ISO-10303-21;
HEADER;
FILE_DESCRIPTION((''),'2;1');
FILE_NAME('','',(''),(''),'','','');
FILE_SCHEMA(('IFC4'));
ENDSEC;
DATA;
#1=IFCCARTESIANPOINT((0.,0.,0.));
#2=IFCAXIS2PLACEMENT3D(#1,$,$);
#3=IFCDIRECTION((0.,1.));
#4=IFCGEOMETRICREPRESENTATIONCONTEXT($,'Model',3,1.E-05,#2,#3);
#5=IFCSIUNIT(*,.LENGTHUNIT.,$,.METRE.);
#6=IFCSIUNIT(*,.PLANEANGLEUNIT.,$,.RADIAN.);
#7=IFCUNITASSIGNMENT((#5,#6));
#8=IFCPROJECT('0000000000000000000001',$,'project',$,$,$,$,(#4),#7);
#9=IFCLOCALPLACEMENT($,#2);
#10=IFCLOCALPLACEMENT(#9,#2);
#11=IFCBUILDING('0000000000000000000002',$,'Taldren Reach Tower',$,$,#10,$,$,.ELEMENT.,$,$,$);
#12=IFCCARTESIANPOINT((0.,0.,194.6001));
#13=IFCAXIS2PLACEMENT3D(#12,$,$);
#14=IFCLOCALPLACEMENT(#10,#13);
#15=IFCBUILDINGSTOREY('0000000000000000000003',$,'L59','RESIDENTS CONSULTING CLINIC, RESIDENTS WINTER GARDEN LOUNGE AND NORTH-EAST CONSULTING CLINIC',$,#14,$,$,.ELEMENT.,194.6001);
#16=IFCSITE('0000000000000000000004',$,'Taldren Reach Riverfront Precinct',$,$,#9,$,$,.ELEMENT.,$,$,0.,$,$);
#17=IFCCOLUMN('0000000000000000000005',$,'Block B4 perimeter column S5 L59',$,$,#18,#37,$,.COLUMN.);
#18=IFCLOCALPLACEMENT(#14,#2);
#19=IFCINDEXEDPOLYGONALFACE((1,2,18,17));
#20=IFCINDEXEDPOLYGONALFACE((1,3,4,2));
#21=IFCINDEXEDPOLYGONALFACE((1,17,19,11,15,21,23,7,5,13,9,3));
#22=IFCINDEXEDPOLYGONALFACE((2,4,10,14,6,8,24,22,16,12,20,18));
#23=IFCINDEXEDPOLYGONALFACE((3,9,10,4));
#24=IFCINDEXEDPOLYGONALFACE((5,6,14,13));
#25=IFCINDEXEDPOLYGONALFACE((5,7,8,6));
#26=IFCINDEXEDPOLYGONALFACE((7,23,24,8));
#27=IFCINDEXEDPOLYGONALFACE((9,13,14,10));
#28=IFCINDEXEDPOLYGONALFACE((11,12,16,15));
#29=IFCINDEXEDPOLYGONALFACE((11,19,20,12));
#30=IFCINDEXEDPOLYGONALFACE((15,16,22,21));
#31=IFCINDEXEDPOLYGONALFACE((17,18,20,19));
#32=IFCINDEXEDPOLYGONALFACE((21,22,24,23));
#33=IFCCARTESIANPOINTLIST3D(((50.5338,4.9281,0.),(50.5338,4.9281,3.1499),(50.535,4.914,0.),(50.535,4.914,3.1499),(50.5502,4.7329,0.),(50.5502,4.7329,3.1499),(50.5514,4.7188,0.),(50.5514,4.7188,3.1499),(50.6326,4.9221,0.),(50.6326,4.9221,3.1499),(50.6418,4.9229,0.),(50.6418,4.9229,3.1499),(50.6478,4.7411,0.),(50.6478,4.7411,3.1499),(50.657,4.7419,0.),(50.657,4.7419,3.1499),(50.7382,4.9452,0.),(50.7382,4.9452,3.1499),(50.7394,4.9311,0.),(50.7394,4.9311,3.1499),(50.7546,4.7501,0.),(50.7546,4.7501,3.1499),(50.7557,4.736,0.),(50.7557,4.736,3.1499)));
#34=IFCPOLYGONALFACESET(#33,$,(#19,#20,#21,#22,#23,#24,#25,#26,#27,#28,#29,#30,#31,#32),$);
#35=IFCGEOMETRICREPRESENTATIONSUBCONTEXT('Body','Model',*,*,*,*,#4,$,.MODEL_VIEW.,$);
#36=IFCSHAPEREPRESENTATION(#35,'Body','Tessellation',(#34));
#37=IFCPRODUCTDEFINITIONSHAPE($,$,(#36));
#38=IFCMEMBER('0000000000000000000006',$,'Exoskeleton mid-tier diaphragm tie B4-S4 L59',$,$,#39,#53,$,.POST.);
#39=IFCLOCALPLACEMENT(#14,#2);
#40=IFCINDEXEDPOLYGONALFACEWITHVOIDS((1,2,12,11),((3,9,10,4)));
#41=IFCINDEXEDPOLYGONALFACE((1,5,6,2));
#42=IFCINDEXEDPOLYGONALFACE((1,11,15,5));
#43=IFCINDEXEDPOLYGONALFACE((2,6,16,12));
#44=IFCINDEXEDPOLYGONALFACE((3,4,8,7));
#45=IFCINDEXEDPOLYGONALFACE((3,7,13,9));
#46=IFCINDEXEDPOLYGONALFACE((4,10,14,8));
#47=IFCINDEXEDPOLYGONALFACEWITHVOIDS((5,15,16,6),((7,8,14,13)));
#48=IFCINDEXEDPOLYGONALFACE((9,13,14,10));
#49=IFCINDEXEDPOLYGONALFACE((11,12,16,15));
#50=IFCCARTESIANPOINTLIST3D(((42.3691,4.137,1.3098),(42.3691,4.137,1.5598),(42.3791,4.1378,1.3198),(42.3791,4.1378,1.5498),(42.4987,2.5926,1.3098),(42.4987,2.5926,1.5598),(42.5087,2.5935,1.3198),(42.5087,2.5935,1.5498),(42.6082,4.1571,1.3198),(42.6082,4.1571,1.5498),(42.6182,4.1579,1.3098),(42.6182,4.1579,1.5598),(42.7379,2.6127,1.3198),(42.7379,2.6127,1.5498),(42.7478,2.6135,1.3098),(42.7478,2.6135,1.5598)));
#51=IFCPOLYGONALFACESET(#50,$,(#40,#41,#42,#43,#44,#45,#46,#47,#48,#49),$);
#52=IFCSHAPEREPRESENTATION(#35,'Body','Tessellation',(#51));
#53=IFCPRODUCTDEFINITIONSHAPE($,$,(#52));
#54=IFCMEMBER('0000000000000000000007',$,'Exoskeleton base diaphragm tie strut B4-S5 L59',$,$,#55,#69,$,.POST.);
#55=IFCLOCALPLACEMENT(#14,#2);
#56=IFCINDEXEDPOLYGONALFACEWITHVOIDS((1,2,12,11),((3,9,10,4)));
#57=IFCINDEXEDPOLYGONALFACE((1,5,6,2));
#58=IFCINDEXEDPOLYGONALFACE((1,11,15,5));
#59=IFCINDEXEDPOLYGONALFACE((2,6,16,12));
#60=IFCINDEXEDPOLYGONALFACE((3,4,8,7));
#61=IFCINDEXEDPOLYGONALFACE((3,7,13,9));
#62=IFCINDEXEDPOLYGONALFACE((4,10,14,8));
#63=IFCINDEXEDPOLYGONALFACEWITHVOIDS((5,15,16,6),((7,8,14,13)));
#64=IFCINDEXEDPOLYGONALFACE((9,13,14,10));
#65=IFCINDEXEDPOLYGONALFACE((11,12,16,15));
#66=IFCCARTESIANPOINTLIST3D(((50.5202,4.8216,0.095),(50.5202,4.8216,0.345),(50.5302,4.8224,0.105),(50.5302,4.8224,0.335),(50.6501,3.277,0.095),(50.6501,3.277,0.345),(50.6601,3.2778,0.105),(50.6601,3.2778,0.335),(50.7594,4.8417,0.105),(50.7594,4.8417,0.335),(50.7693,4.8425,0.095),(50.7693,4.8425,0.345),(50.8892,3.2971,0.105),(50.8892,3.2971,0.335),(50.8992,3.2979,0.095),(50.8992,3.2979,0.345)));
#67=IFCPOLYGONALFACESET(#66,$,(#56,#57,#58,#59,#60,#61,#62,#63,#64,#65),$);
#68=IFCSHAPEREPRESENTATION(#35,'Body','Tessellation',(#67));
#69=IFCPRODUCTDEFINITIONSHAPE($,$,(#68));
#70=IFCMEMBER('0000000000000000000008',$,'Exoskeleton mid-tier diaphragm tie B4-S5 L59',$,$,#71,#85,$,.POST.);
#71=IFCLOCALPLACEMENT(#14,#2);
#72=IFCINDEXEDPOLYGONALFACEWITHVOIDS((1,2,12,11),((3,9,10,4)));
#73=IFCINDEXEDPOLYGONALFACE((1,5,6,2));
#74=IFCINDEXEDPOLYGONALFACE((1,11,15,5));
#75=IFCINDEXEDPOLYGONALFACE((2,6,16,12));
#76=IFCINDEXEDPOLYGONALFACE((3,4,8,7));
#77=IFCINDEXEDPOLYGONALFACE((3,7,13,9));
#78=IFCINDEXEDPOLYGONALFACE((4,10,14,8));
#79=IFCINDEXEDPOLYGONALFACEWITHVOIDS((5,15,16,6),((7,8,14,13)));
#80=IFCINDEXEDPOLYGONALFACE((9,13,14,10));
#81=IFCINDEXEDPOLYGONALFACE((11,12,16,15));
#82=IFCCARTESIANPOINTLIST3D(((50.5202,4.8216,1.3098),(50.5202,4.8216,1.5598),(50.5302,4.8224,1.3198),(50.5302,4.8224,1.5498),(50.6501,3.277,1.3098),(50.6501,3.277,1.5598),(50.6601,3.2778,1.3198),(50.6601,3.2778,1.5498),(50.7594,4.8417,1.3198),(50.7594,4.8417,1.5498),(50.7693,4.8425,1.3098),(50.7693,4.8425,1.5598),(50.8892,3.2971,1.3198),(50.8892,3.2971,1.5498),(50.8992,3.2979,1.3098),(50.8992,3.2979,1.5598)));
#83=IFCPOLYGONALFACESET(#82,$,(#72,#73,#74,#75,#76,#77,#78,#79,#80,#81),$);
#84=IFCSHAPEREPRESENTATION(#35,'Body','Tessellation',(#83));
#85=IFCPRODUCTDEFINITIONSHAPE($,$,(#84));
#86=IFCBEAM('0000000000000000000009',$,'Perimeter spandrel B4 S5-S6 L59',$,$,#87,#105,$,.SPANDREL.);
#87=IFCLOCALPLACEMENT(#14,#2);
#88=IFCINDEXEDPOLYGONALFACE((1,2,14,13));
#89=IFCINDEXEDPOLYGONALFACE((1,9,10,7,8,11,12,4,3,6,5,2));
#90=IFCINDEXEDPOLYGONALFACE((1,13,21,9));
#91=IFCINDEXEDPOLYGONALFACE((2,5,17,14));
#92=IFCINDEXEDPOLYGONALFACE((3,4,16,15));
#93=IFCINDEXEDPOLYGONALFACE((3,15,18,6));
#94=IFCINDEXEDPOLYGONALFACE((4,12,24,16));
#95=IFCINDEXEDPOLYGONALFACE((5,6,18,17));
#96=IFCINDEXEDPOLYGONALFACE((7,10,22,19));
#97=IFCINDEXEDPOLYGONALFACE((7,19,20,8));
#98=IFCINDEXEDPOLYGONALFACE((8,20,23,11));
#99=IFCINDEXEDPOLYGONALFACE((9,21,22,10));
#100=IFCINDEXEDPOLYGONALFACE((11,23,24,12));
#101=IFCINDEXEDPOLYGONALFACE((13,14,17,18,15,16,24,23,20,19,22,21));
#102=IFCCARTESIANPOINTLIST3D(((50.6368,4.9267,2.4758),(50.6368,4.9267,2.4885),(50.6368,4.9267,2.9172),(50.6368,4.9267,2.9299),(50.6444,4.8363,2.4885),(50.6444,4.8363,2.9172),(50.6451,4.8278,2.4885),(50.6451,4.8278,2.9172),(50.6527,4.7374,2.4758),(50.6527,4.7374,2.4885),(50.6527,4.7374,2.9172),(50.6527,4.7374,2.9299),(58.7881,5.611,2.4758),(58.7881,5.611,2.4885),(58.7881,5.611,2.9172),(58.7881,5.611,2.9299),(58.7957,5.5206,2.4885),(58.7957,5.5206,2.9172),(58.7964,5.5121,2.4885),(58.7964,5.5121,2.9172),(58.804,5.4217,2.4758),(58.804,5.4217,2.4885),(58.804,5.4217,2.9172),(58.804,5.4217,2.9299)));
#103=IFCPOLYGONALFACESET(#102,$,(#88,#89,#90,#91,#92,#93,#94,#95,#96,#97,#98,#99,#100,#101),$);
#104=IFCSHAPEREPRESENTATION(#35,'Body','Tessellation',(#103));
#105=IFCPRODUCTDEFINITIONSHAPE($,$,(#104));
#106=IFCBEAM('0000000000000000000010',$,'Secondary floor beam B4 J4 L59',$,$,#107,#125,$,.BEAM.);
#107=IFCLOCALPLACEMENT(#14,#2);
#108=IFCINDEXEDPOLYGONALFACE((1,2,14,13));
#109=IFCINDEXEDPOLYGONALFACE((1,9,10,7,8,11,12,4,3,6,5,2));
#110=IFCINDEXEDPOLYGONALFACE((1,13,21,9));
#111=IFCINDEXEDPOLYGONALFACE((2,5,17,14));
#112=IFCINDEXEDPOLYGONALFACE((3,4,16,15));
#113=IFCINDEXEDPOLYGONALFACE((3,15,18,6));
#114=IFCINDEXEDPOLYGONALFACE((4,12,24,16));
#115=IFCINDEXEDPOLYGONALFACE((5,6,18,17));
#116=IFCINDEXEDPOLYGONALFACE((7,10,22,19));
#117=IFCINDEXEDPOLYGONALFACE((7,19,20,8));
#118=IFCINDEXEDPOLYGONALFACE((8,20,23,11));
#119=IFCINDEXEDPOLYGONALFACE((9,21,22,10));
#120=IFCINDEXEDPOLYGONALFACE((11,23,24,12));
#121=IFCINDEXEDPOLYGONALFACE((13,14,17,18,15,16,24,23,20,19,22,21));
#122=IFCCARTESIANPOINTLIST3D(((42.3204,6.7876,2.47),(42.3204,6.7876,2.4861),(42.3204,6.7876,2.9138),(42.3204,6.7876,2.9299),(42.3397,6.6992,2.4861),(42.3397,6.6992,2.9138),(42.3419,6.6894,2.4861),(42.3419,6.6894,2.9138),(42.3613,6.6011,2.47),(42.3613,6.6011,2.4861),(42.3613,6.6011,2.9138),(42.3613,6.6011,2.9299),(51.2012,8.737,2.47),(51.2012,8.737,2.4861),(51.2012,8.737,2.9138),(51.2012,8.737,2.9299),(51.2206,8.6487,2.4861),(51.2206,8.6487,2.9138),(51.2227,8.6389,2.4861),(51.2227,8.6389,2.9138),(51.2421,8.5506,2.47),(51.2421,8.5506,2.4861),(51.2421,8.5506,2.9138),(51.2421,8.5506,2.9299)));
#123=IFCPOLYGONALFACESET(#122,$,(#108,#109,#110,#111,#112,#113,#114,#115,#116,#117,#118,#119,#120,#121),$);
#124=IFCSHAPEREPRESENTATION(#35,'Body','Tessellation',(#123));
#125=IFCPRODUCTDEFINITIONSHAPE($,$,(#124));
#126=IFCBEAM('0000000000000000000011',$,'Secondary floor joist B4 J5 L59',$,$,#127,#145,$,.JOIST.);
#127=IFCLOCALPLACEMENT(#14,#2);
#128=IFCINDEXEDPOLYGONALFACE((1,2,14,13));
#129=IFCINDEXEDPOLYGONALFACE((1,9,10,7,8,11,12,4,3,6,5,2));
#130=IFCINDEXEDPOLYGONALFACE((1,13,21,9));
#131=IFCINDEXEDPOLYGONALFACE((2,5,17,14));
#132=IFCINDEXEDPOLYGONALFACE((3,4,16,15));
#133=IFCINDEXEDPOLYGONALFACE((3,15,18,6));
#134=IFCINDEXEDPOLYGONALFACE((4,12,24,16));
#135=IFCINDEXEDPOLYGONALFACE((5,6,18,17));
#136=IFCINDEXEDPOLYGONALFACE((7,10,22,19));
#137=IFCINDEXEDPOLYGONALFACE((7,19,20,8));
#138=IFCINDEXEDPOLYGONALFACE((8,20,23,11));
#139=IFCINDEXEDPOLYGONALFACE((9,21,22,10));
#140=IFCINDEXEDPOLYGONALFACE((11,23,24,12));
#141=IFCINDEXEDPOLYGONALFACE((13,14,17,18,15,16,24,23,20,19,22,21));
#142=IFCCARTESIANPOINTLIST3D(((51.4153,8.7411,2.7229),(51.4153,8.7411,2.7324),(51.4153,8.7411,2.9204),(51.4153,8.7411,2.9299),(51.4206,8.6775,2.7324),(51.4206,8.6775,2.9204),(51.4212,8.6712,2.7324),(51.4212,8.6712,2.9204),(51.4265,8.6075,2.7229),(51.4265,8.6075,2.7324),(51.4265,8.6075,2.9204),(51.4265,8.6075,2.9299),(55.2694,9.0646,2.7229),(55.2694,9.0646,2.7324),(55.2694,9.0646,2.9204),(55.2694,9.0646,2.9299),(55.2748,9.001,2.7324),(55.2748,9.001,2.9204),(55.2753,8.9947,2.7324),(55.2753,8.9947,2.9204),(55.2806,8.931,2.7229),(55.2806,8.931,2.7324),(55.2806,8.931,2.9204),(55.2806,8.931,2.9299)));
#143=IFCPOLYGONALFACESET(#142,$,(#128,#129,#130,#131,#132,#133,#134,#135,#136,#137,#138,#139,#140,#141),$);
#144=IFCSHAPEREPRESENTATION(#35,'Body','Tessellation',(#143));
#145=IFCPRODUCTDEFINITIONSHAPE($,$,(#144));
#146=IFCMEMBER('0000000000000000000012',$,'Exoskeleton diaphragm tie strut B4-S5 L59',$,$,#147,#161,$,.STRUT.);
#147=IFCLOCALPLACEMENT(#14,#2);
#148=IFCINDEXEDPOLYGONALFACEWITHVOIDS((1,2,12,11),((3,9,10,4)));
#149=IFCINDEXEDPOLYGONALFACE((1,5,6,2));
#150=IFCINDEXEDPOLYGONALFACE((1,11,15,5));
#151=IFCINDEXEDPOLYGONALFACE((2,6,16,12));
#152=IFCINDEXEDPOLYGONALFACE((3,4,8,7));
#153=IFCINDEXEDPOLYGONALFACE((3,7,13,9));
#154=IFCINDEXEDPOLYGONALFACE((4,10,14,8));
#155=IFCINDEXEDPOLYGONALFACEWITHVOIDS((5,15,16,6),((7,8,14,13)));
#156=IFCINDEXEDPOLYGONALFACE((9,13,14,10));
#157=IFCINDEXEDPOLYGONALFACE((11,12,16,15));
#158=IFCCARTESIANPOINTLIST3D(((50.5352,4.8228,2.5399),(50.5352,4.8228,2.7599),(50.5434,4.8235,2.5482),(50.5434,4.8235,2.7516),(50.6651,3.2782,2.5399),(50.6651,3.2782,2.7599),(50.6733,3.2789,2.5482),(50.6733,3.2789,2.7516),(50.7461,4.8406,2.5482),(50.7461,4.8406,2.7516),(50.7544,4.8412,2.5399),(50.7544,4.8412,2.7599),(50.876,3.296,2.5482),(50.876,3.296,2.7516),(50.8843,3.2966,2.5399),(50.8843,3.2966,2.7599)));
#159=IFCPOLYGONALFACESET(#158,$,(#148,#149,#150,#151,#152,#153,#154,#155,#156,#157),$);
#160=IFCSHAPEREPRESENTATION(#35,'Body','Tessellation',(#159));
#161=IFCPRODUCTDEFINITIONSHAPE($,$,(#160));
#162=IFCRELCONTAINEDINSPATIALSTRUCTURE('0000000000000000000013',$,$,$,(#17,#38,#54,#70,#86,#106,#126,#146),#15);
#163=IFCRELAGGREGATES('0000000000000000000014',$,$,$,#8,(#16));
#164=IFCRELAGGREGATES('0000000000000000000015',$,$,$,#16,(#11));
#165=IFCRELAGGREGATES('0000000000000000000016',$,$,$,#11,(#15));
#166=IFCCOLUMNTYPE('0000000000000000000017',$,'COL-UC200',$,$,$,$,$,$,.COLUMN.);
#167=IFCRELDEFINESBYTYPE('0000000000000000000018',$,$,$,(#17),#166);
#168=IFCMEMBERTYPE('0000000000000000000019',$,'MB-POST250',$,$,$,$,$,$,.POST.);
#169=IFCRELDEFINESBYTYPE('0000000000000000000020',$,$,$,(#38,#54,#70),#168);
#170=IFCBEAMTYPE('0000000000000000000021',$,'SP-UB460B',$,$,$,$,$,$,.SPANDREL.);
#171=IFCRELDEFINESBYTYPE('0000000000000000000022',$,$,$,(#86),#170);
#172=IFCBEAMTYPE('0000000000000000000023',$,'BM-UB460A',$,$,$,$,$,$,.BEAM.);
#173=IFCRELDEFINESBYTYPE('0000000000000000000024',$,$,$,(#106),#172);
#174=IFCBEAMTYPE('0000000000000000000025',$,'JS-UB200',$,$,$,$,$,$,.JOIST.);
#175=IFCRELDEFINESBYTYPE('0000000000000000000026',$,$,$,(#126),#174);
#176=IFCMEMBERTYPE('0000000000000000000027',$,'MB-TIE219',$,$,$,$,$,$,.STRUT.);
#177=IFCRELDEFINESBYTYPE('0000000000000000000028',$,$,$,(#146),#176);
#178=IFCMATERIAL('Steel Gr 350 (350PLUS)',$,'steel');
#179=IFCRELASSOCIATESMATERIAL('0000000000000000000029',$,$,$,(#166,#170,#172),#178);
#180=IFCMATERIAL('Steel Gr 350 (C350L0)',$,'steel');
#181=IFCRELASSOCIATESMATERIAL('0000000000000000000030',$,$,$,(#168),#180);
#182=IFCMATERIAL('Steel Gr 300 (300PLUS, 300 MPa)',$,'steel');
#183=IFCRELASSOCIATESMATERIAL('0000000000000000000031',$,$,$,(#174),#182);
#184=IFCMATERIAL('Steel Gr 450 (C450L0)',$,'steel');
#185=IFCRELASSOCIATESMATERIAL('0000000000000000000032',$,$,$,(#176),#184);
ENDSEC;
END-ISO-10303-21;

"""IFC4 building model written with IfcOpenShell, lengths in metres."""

from ifc_helpers import new_model, si_unit, direction, frame, origin, origin_2d, place, context, subcontext, project, spatial, hollow_rectangle, i_section, extrude, source, transform, mapped, material, material_profile, profile_set, type_object, element, save


model = new_model("IFC4")

# Units and contexts
model_context = context("Model", 3, precision=1e-05, world=origin(), true_north=direction((0.0, 1.0)))
body_context = subcontext(model_context, "Body", "Model", "MODEL_VIEW")
ifc_project = project(units=[si_unit("LENGTHUNIT", "METRE"), si_unit("PLANEANGLEUNIT", "RADIAN")], contexts=[model_context])

# Site, building, storey
site_placement = place(None, origin())
site = spatial("IfcSite", under=ifc_project, at=site_placement, Name="Taldren Reach Riverfront Precinct", CompositionType="ELEMENT", RefElevation=0.0)
building_placement = place(site_placement, origin())
building = spatial("IfcBuilding", under=site, at=building_placement, Name="Taldren Reach Tower", CompositionType="ELEMENT")
storey_placement = place(building_placement, frame((0.0, 0.0, 194.6001)))
storey = spatial("IfcBuildingStorey", under=building, at=storey_placement, Name="L59", Description="RESIDENTS CONSULTING CLINIC, RESIDENTS WINTER GARDEN LOUNGE AND NORTH-EAST CONSULTING CLINIC", CompositionType="ELEMENT", Elevation=194.6001)

# Column
ifc_material_1 = material(Name="Steel Gr 350 (350PLUS)", Category="steel")
ifc_material_profile_1 = material_profile(ifc_material_1, i_section(OverallWidth=0.2051, OverallDepth=0.21, WebThickness=0.0093, FlangeThickness=0.0142, at=origin_2d()), Name="200UC59.5")
ifc_profile_set_1 = profile_set([ifc_material_profile_1], Name="Steel Gr 350 (350PLUS)")
column_type = type_object("IfcColumnType", Name="COL-UC200", PredefinedType="COLUMN", material=ifc_profile_set_1)
shared_shape_1 = source(origin(), body_context, "Body", "SweptSolid", [
    extrude(i_section(OverallWidth=0.2051, OverallDepth=0.21, WebThickness=0.0093, FlangeThickness=0.0142, at=origin_2d()), origin(), (0.0, 0.0, 1.0), 3.1499),
])
column_placement = place(storey_placement, frame((50.6448, 4.832, 0.0), z_axis=(0.0, 0.0, 1.0), x_axis=(0.996493, 0.083678, 0.0)))
element("IfcColumn", 1, at=column_placement, inside=storey, type_object=column_type, Name="Block B4 perimeter column S5 L59", PredefinedType="COLUMN", context=body_context, shape_type="MappedRepresentation", body=[
    mapped(shared_shape_1, transform((0.0, 0.0, 0.0), scale=1.0)),
])

# Members
ifc_material_2 = material(Name="Steel Gr 350 (C350L0)", Category="steel")
ifc_material_profile_2 = material_profile(ifc_material_2, hollow_rectangle(XDim=0.25, YDim=0.25, WallThickness=0.01, at=origin_2d()), Name="250x250x10.0SHS")
ifc_profile_set_2 = profile_set([ifc_material_profile_2], Name="Steel Gr 350 (C350L0)")
member_type_1 = type_object("IfcMemberType", Name="MB-POST250", PredefinedType="POST", material=ifc_profile_set_2)
shared_shape_2 = source(origin(), body_context, "Body", "SweptSolid", [
    extrude(hollow_rectangle(XDim=0.25, YDim=0.25, WallThickness=0.01, at=origin_2d()), origin(), (0.0, 0.0, 1.0), 1.5498),
])
member_1_placement = place(storey_placement, frame((42.4937, 4.1475, 1.4348), z_axis=(0.083645, -0.996496, 0.0), x_axis=(0.996496, 0.083645, 0.0)))
element("IfcMember", 2, at=member_1_placement, inside=storey, type_object=member_type_1, Name="Exoskeleton mid-tier diaphragm tie B4-S4 L59", PredefinedType="POST", context=body_context, shape_type="MappedRepresentation", body=[
    mapped(shared_shape_2, transform((0.0, 0.0, 0.0), scale=1.0)),
])
shared_shape_3 = source(origin(), body_context, "Body", "SweptSolid", [
    extrude(hollow_rectangle(XDim=0.25, YDim=0.25, WallThickness=0.01, at=origin_2d()), origin(), (0.0, 0.0, 1.0), 1.55),
])
for number, where, z_axis, x_axis, name in (
    (3, (50.6448, 4.832, 0.22), (0.083788, -0.996484, 0.0), (0.996484, 0.083788, 0.0), "Exoskeleton base diaphragm tie strut B4-S5 L59"),
    (4, (50.6448, 4.832, 1.4348), (0.083788, -0.996484, 0.0), (0.996484, 0.083788, 0.0), "Exoskeleton mid-tier diaphragm tie B4-S5 L59"),
):
    element("IfcMember", number, at=place(storey_placement, frame(where, z_axis=z_axis, x_axis=x_axis)), inside=storey, type_object=member_type_1, Name=name, PredefinedType="POST", context=body_context, shape_type="MappedRepresentation", body=[
        mapped(shared_shape_3, transform((0.0, 0.0, 0.0), scale=1.0)),
    ])

# Beams
ifc_material_profile_3 = material_profile(ifc_material_1, i_section(OverallWidth=0.1899, OverallDepth=0.4541, WebThickness=0.0085, FlangeThickness=0.0127, at=origin_2d()), Name="460UB67.1")
ifc_profile_set_3 = profile_set([ifc_material_profile_3], Name="Steel Gr 350 (350PLUS)")
beam_type_1 = type_object("IfcBeamType", Name="SP-UB460B", PredefinedType="SPANDREL", material=ifc_profile_set_3)
shared_shape_4 = source(origin(), body_context, "Body", "SweptSolid", [
    extrude(i_section(OverallWidth=0.1899, OverallDepth=0.4541, WebThickness=0.0085, FlangeThickness=0.0127, at=origin_2d()), origin(), (0.0, 0.0, 1.0), 8.1799),
])
beam_1_placement = place(storey_placement, frame((50.6448, 4.832, 2.7029), z_axis=(0.996495, 0.083658, 0.0), x_axis=(-0.083658, 0.996495, 0.0)))
element("IfcBeam", 5, at=beam_1_placement, inside=storey, type_object=beam_type_1, Name="Perimeter spandrel B4 S5-S6 L59", PredefinedType="SPANDREL", context=body_context, shape_type="MappedRepresentation", body=[
    mapped(shared_shape_4, transform((0.0, 0.0, 0.0), scale=1.0)),
])
ifc_material_profile_4 = material_profile(ifc_material_1, i_section(OverallWidth=0.1909, OverallDepth=0.46, WebThickness=0.01, FlangeThickness=0.0161, at=origin_2d()), Name="460UB82.1")
ifc_profile_set_4 = profile_set([ifc_material_profile_4], Name="Steel Gr 350 (350PLUS)")
beam_type_2 = type_object("IfcBeamType", Name="BM-UB460A", PredefinedType="BEAM", material=ifc_profile_set_4)
shared_shape_5 = source(origin(), body_context, "Body", "SweptSolid", [
    extrude(i_section(OverallWidth=0.1909, OverallDepth=0.46, WebThickness=0.01, FlangeThickness=0.0161, at=origin_2d()), origin(), (0.0, 0.0, 1.0), 9.0923),
])
beam_2_placement = place(storey_placement, frame((42.3408, 6.6943, 2.7), z_axis=(0.976744, 0.214408, 0.0), x_axis=(-0.214408, 0.976744, 0.0)))
element("IfcBeam", 6, at=beam_2_placement, inside=storey, type_object=beam_type_2, Name="Secondary floor beam B4 J4 L59", PredefinedType="BEAM", context=body_context, shape_type="MappedRepresentation", body=[
    mapped(shared_shape_5, transform((0.0, 0.0, 0.0), scale=1.0)),
])
ifc_material_3 = material(Name="Steel Gr 300 (300PLUS, 300 MPa)", Category="steel")
ifc_material_profile_5 = material_profile(ifc_material_3, i_section(OverallWidth=0.134, OverallDepth=0.207, WebThickness=0.0063, FlangeThickness=0.0095, at=origin_2d()), Name="200UB29.8")
ifc_profile_set_5 = profile_set([ifc_material_profile_5], Name="Steel Gr 300 (300PLUS, 300 MPa)")
beam_type_3 = type_object("IfcBeamType", Name="JS-UB200", PredefinedType="JOIST", material=ifc_profile_set_5)
shared_shape_6 = source(origin(), body_context, "Body", "SweptSolid", [
    extrude(i_section(OverallWidth=0.134, OverallDepth=0.207, WebThickness=0.0063, FlangeThickness=0.0095, at=origin_2d()), origin(), (0.0, 0.0, 1.0), 3.8677),
])
beam_3_placement = place(storey_placement, frame((51.4209, 8.6743, 2.8264), z_axis=(0.996496, 0.083641, 0.0), x_axis=(-0.083641, 0.996496, 0.0)))
element("IfcBeam", 7, at=beam_3_placement, inside=storey, type_object=beam_type_3, Name="Secondary floor joist B4 J5 L59", PredefinedType="JOIST", context=body_context, shape_type="MappedRepresentation", body=[
    mapped(shared_shape_6, transform((0.0, 0.0, 0.0), scale=1.0)),
])

# Member
ifc_material_4 = material(Name="Steel Gr 450 (C450L0)", Category="steel")
ifc_material_profile_6 = material_profile(ifc_material_4, hollow_rectangle(XDim=0.22, YDim=0.22, WallThickness=0.0083, at=origin_2d()), Name="220x220x8.2SHS")
ifc_profile_set_6 = profile_set([ifc_material_profile_6], Name="Steel Gr 450 (C450L0)")
member_type_2 = type_object("IfcMemberType", Name="MB-TIE219", PredefinedType="STRUT", material=ifc_profile_set_6)
shared_shape_7 = source(origin(), body_context, "Body", "SweptSolid", [
    extrude(hollow_rectangle(XDim=0.22, YDim=0.22, WallThickness=0.0083, at=origin_2d()), origin(), (0.0, 0.0, 1.0), 1.55),
])
member_2_placement = place(storey_placement, frame((50.6448, 4.832, 2.6499), z_axis=(0.083788, -0.996484, 0.0), x_axis=(0.996484, 0.083788, 0.0)))
element("IfcMember", 8, at=member_2_placement, inside=storey, type_object=member_type_2, Name="Exoskeleton diaphragm tie strut B4-S5 L59", PredefinedType="STRUT", context=body_context, shape_type="MappedRepresentation", body=[
    mapped(shared_shape_7, transform((0.0, 0.0, 0.0), scale=1.0)),
])

save(model, "model.ifc")
